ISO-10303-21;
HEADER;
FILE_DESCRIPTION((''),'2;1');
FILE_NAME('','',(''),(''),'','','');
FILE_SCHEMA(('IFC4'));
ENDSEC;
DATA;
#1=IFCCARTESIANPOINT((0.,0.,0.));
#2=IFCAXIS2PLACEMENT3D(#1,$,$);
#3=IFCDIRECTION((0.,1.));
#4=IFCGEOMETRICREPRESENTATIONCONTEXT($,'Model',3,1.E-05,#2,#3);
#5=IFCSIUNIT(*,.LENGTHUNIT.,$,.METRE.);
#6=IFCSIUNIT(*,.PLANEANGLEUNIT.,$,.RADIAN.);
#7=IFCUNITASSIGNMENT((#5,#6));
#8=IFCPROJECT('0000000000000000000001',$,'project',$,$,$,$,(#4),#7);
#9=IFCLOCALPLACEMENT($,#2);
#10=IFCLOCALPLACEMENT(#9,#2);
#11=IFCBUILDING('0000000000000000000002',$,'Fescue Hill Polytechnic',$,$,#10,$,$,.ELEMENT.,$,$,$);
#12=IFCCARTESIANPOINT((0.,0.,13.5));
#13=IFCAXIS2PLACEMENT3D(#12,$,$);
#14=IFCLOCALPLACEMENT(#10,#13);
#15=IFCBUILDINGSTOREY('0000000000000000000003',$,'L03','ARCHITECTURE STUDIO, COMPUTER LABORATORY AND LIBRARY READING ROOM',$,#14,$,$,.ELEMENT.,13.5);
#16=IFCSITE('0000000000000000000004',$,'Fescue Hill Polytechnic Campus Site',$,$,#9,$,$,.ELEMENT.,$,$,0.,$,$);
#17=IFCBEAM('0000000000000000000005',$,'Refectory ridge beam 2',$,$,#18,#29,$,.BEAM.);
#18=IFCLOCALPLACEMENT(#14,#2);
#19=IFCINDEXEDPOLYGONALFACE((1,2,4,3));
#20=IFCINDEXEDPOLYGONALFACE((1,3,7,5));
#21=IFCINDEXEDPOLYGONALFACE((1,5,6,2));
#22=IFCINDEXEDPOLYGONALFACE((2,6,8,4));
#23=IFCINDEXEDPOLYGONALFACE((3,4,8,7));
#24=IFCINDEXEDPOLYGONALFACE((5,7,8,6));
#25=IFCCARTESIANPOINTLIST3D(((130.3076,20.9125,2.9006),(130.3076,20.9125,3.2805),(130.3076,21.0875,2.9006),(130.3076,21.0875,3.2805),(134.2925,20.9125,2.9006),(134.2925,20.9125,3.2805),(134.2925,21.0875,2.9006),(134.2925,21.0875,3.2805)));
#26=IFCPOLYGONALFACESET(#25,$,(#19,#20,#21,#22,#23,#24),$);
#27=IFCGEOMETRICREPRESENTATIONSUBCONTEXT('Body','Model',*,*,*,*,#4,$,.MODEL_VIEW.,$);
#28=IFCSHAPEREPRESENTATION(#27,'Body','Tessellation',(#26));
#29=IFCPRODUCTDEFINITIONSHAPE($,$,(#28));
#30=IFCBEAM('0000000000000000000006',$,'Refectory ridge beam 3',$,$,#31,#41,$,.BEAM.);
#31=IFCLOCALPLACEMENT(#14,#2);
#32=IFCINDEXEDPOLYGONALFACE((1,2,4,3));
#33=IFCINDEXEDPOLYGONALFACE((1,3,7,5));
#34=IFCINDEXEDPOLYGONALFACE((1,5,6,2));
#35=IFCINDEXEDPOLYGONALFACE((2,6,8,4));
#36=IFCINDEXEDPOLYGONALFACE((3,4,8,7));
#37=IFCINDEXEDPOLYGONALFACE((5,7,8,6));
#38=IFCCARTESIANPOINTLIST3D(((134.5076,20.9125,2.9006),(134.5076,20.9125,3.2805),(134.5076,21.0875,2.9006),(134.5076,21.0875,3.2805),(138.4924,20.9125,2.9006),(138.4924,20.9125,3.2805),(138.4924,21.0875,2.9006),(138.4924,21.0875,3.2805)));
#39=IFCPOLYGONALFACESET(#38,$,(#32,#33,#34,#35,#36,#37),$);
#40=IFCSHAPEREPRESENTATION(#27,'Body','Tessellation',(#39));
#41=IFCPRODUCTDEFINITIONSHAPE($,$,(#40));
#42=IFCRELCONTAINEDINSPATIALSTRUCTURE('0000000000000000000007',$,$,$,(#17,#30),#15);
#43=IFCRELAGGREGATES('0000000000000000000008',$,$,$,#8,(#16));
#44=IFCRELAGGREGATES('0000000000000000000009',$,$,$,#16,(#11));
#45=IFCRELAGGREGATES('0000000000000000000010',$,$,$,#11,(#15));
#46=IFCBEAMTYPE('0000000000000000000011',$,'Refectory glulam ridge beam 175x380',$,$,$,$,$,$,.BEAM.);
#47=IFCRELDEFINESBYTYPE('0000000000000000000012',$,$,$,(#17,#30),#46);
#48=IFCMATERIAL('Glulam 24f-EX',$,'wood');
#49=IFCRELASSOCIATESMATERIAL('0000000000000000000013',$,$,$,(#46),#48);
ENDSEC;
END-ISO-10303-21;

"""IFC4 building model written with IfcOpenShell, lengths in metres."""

from ifc_helpers import new_model, si_unit, direction, frame, origin, origin_2d, place, context, subcontext, project, spatial, rectangle, extrude, material, material_profile, profile_set, type_object, element, save


model = new_model("IFC4")

# Units and contexts
model_context = context("Model", 3, precision=1e-05, world=origin(), true_north=direction((0.0, 1.0)))
body_context = subcontext(model_context, "Body", "Model", "MODEL_VIEW")
ifc_project = project(units=[si_unit("LENGTHUNIT", "METRE"), si_unit("PLANEANGLEUNIT", "RADIAN")], contexts=[model_context])

# Site, building, storey
site_placement = place(None, origin())
site = spatial("IfcSite", under=ifc_project, at=site_placement, Name="Fescue Hill Polytechnic Campus Site", CompositionType="ELEMENT", RefElevation=0.0)
building_placement = place(site_placement, origin())
building = spatial("IfcBuilding", under=site, at=building_placement, Name="Fescue Hill Polytechnic", CompositionType="ELEMENT")
storey_placement = place(building_placement, frame((0.0, 0.0, 13.5)))
storey = spatial("IfcBuildingStorey", under=building, at=storey_placement, Name="L03", Description="ARCHITECTURE STUDIO, COMPUTER LABORATORY AND LIBRARY READING ROOM", CompositionType="ELEMENT", Elevation=13.5)

# Shared definitions
ifc_material = material(Name="Glulam 24f-EX", Category="wood")

# Beams
ifc_material_profile_1 = material_profile(ifc_material, rectangle(XDim=0.175, YDim=0.3799, at=origin_2d()), Name="Refectory glulam ridge beam 175x380")
ifc_profile_set_1 = profile_set([ifc_material_profile_1], Name="Glulam 24f-EX")
beam_type = type_object("IfcBeamType", Name="Refectory glulam ridge beam 175x380", PredefinedType="BEAM", material=ifc_profile_set_1)
for number, where, z_axis, x_axis, name in (
    (1, (130.3076, 21.0, 3.0906), (1.0, 0.0, 0.0), (0.0, 1.0, 0.0), "Refectory ridge beam 2"),
    (2, (134.5076, 21.0, 3.0906), (1.0, 0.0, 0.0), (0.0, 1.0, 0.0), "Refectory ridge beam 3"),
):
    element("IfcBeam", number, at=place(storey_placement, frame(where, z_axis=z_axis, x_axis=x_axis)), inside=storey, type_object=beam_type, Name=name, PredefinedType="BEAM", context=body_context, shape_type="SweptSolid", body=[
        extrude(rectangle(XDim=0.175, YDim=0.3799, at=origin_2d()), origin(), (0.0, 0.0, 1.0), 3.9849),
    ])

save(model, "model.ifc")
